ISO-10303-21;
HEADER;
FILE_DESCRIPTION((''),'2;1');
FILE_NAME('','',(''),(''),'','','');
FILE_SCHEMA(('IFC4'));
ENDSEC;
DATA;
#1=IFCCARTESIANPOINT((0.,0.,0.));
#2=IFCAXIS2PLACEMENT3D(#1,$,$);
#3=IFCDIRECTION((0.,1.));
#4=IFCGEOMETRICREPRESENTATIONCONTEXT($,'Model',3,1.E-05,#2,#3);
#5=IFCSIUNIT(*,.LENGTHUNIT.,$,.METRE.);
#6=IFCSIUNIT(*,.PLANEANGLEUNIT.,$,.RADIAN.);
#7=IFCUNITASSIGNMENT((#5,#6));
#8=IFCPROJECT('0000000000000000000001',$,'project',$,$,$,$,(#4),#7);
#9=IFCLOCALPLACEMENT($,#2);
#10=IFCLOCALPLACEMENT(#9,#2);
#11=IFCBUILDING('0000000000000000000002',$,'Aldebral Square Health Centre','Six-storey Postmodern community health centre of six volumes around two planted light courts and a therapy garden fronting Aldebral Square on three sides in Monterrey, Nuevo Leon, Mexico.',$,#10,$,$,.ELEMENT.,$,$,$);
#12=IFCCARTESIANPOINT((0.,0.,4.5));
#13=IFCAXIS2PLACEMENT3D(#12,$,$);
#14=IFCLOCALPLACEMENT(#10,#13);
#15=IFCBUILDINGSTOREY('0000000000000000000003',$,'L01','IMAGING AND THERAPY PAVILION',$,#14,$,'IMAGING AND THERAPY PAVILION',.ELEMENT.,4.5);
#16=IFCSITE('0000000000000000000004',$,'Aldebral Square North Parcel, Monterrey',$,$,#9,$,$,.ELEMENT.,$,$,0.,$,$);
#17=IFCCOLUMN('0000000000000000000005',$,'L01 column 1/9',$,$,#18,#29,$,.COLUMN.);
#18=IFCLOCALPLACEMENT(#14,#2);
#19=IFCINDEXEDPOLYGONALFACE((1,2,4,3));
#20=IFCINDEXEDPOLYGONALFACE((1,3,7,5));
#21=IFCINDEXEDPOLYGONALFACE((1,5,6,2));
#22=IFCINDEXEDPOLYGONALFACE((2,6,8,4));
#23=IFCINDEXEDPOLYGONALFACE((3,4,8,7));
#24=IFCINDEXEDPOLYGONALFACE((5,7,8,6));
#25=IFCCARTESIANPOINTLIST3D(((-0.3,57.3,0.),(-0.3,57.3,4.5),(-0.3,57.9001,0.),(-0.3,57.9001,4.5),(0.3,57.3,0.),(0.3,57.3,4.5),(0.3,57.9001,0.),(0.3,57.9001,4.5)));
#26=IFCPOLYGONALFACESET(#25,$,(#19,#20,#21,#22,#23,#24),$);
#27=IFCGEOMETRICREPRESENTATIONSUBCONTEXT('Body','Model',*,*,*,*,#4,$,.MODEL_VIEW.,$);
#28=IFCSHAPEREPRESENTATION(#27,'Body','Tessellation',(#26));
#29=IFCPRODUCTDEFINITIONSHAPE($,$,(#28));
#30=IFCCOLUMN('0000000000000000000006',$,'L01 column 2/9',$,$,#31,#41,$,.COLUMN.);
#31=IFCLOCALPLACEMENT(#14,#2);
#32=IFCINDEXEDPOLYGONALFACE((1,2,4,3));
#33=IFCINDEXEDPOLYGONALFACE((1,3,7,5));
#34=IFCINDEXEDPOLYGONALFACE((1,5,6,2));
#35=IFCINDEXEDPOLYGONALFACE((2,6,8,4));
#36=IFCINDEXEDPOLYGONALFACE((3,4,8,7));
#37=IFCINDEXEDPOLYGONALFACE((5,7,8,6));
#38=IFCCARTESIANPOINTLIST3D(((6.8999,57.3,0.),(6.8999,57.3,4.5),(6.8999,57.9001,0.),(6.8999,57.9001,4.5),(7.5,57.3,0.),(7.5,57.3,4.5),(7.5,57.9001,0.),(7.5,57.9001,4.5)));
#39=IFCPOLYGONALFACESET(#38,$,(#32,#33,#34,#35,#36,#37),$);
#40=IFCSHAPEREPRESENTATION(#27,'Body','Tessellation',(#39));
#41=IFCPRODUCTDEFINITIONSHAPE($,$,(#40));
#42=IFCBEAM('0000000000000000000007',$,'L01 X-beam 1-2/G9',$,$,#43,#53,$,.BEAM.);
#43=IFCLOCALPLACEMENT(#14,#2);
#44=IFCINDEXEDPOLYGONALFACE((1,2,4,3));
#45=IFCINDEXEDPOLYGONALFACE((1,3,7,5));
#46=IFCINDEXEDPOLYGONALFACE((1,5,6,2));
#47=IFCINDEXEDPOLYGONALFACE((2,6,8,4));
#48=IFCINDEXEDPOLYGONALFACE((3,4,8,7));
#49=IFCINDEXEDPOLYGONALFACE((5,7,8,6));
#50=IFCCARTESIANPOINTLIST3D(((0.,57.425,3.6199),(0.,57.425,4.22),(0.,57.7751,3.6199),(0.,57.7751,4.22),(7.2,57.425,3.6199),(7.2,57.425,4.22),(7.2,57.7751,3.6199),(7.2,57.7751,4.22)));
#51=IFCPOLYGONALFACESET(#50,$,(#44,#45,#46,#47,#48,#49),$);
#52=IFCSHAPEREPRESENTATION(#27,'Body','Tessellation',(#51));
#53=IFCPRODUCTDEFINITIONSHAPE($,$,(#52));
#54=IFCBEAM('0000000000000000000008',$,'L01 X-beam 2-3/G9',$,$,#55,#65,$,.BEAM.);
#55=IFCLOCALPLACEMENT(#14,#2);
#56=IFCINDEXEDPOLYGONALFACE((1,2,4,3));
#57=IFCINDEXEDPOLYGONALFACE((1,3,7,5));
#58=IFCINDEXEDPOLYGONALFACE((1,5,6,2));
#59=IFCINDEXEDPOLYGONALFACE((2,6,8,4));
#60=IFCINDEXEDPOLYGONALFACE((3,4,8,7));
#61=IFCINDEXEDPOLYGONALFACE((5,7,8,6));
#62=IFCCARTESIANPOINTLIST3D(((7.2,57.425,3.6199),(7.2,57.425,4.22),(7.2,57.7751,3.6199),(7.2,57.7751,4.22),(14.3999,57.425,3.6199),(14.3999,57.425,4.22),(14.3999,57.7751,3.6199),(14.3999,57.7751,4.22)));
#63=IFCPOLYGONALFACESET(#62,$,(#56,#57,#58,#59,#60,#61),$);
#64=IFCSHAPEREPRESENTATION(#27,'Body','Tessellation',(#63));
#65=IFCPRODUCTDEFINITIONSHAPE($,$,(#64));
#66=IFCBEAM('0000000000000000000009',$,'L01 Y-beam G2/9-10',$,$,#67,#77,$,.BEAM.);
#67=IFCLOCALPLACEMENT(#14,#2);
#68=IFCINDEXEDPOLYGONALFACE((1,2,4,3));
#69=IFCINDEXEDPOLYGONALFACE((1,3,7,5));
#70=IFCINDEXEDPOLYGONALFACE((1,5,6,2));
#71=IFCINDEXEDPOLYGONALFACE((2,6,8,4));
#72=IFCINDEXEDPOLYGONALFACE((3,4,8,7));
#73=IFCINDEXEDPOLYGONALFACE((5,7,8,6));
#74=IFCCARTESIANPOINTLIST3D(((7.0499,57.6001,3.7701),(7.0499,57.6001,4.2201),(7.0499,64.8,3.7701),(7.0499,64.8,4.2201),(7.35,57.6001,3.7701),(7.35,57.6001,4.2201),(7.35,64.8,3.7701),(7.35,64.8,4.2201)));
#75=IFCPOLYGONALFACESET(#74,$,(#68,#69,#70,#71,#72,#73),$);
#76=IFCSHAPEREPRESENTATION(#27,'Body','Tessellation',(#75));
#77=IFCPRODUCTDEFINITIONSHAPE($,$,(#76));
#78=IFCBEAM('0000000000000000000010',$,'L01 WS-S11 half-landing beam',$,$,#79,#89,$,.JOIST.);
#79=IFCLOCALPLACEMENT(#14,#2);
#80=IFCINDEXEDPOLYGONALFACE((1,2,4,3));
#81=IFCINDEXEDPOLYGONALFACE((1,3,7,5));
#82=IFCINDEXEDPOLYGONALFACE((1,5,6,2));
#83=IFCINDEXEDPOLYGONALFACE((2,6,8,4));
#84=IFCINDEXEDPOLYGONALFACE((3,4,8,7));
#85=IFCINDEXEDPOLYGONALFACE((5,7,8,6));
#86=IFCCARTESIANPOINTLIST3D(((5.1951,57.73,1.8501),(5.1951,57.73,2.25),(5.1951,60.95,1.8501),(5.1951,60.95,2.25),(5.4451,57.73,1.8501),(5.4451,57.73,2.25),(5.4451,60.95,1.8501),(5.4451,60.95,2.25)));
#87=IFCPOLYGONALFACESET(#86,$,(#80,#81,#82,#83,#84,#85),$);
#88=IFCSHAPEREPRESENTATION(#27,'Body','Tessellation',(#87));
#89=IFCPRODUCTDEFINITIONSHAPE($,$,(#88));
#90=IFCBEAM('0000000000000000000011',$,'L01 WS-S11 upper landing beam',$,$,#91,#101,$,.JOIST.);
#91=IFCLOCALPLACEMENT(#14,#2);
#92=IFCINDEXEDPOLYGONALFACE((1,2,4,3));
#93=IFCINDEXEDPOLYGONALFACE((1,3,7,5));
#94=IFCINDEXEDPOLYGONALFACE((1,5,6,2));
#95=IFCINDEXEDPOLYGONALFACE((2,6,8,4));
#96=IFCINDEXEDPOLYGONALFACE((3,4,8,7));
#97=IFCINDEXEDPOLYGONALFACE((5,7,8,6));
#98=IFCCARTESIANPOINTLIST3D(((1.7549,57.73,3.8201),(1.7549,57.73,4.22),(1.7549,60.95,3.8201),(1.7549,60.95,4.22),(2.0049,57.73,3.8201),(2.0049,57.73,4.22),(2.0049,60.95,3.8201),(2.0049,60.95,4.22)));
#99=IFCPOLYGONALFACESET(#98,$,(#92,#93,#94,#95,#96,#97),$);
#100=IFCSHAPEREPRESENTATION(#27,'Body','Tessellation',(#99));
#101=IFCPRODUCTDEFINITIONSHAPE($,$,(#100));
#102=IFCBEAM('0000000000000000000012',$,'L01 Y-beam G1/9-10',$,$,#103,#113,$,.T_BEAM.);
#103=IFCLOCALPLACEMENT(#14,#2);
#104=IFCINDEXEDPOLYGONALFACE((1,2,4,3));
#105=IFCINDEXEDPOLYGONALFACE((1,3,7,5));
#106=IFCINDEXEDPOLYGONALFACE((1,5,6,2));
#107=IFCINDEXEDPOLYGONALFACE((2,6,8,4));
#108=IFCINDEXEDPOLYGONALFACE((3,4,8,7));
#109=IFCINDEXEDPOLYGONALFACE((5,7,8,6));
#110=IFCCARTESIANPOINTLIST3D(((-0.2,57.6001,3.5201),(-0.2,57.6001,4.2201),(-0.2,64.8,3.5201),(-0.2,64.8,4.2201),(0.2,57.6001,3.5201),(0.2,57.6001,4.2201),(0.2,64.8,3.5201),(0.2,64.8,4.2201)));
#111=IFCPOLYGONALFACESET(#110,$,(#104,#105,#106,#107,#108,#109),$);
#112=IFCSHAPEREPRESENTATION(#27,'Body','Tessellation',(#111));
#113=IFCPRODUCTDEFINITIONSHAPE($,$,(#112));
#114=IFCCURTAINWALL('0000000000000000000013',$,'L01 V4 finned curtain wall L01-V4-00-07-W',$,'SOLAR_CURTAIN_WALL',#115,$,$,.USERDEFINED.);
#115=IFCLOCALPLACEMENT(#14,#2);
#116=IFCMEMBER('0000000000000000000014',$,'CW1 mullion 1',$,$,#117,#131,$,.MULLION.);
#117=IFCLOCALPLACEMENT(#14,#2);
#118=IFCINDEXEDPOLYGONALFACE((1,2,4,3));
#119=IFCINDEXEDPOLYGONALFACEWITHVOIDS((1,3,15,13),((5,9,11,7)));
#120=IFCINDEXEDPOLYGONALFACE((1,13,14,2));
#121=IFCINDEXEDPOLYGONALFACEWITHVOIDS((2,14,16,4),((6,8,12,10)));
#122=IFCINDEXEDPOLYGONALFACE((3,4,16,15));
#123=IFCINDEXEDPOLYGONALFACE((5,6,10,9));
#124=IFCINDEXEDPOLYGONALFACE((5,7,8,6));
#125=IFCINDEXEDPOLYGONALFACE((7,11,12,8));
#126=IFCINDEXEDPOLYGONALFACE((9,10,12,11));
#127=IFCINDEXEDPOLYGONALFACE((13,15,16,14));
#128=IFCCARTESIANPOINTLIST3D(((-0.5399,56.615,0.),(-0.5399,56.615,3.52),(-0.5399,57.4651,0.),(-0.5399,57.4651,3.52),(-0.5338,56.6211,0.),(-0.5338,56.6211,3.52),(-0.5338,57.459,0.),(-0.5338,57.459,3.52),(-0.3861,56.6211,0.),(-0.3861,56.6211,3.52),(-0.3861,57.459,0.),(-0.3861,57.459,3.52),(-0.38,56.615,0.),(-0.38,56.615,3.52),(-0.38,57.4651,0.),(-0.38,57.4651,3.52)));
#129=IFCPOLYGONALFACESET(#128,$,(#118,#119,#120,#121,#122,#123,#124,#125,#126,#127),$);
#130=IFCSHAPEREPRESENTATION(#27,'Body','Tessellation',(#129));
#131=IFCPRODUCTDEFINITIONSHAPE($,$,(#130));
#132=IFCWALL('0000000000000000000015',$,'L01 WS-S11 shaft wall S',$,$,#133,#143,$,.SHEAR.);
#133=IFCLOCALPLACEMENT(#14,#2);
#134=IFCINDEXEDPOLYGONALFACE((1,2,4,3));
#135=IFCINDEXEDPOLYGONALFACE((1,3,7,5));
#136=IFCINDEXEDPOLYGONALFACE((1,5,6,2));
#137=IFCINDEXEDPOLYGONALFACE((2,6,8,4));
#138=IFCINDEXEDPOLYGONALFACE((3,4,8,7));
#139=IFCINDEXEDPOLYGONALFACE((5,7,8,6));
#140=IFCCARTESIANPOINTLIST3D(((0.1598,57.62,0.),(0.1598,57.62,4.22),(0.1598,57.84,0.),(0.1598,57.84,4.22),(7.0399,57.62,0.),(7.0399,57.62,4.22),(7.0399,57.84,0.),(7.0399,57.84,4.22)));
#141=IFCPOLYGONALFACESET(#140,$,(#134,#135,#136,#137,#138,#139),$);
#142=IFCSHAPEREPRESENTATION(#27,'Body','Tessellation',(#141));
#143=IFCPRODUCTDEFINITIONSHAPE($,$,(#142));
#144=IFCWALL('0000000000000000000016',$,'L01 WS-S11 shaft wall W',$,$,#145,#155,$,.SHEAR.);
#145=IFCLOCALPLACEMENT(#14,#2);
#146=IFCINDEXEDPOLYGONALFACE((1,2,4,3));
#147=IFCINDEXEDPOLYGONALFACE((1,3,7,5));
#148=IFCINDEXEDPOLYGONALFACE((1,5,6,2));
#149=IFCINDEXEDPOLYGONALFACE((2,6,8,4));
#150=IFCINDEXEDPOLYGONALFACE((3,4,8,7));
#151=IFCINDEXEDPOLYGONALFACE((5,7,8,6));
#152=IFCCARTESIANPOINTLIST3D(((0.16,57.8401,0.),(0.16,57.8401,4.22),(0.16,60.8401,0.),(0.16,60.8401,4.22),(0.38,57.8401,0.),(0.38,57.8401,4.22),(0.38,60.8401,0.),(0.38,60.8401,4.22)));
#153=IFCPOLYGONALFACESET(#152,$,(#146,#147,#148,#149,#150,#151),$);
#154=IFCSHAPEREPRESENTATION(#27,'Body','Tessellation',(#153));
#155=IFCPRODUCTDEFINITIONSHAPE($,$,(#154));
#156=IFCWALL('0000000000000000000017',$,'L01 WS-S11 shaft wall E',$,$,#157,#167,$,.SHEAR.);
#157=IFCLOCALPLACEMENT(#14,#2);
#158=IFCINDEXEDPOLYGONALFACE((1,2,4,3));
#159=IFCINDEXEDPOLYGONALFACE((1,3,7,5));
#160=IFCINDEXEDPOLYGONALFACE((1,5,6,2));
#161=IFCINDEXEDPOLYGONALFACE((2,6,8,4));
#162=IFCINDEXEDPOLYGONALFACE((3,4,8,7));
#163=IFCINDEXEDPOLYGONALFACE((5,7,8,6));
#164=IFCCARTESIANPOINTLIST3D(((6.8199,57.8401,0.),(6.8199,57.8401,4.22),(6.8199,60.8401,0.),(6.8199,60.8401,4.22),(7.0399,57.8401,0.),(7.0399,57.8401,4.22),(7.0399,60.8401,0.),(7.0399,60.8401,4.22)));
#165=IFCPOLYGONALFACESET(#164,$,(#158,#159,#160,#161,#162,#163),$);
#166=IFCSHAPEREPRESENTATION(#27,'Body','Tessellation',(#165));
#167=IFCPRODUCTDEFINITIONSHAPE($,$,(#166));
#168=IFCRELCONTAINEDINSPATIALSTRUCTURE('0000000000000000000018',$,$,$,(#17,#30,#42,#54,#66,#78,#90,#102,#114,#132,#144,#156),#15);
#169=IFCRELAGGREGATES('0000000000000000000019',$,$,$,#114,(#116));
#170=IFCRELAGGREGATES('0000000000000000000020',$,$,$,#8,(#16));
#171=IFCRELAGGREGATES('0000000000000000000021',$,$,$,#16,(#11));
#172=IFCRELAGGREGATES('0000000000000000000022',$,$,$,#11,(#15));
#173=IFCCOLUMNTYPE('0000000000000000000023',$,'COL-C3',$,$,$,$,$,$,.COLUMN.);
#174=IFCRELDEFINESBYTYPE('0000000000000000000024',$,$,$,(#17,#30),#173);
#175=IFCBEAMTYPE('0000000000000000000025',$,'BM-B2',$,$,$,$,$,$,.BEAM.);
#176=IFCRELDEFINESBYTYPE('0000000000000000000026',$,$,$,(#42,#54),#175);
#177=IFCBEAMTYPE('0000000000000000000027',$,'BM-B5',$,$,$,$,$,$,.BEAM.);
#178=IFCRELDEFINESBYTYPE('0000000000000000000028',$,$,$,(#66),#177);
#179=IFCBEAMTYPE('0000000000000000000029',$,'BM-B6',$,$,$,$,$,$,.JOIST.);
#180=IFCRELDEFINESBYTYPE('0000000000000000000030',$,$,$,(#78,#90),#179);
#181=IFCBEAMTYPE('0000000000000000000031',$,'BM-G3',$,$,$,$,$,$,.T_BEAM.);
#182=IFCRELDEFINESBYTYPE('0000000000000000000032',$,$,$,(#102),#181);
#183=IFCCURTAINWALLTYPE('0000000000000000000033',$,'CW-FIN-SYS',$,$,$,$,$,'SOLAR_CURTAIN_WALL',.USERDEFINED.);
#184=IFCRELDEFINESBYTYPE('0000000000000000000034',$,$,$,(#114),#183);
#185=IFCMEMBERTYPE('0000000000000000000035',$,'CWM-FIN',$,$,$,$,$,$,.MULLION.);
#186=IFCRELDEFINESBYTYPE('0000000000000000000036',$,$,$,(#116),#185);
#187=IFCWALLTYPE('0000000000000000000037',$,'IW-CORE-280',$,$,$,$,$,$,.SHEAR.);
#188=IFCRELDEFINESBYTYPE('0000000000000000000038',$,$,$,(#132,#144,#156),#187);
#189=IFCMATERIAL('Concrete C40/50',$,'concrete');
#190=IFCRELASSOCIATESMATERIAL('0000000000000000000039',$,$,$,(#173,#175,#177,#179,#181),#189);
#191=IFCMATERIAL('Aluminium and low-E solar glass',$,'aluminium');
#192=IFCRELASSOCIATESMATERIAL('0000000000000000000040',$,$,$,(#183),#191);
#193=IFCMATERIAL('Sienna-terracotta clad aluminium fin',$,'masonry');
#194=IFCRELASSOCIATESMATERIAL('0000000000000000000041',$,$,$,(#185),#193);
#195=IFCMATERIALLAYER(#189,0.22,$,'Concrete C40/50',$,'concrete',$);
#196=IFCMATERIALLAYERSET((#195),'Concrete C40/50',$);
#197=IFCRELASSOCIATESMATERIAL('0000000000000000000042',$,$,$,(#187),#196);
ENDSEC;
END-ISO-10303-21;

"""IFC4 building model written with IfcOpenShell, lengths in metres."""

from ifc_helpers import new_model, si_unit, direction, frame, frame_2d, origin, origin_2d, place, context, subcontext, project, spatial, rectangle, hollow_rectangle, extrude, material, layer, layer_set, material_profile, profile_set, type_object, element, aggregate, save


model = new_model("IFC4")

# Units and contexts
model_context = context("Model", 3, precision=1e-05, world=origin(), true_north=direction((0.0, 1.0)))
body_context = subcontext(model_context, "Body", "Model", "MODEL_VIEW")
ifc_project = project(units=[si_unit("LENGTHUNIT", "METRE"), si_unit("PLANEANGLEUNIT", "RADIAN")], contexts=[model_context])

# Site, building, storey
site_placement = place(None, origin())
site = spatial("IfcSite", under=ifc_project, at=site_placement, Name="Aldebral Square North Parcel, Monterrey", CompositionType="ELEMENT", RefElevation=0.0)
building_placement = place(site_placement, origin())
building = spatial("IfcBuilding", under=site, at=building_placement, Name="Aldebral Square Health Centre", Description="Six-storey Postmodern community health centre of six volumes around two planted light courts and a therapy garden fronting Aldebral Square on three sides in Monterrey, Nuevo Leon, Mexico.", CompositionType="ELEMENT")
storey_placement = place(building_placement, frame((0.0, 0.0, 4.5)))
storey = spatial("IfcBuildingStorey", under=building, at=storey_placement, Name="L01", Description="IMAGING AND THERAPY PAVILION", LongName="IMAGING AND THERAPY PAVILION", CompositionType="ELEMENT", Elevation=4.5)

# Columns
ifc_material_1 = material(Name="Concrete C40/50", Category="concrete")
ifc_material_profile_1 = material_profile(ifc_material_1, rectangle(XDim=0.6001, YDim=0.6001, at=origin_2d()), Name="RC 600x600")
ifc_profile_set_1 = profile_set([ifc_material_profile_1], Name="Concrete C40/50")
column_type = type_object("IfcColumnType", Name="COL-C3", PredefinedType="COLUMN", material=ifc_profile_set_1)
for number, where, z_axis, x_axis, name in (
    (1, (0.0, 57.6001, 0.0), (0.0, 0.0, 1.0), (1.0, 0.0, 0.0), "L01 column 1/9"),
    (2, (7.2, 57.6001, 0.0), (0.0, 0.0, 1.0), (1.0, 0.0, 0.0), "L01 column 2/9"),
):
    element("IfcColumn", number, at=place(storey_placement, frame(where, z_axis=z_axis, x_axis=x_axis)), inside=storey, type_object=column_type, Name=name, PredefinedType="COLUMN", context=body_context, shape_type="SweptSolid", body=[
        extrude(rectangle(XDim=0.6001, YDim=0.6001, at=origin_2d()), origin(), (0.0, 0.0, 1.0), 4.5),
    ])

# Beams
ifc_material_profile_2 = material_profile(ifc_material_1, rectangle(XDim=0.3501, YDim=0.6001, at=origin_2d()), Name="RC 350x600")
ifc_profile_set_2 = profile_set([ifc_material_profile_2], Name="Concrete C40/50")
beam_type_1 = type_object("IfcBeamType", Name="BM-B2", PredefinedType="BEAM", material=ifc_profile_set_2)
for number, where, z_axis, x_axis, name in (
    (3, (0.0, 57.6001, 3.9199), (1.0, 0.0, 0.0), (0.0, 1.0, 0.0), "L01 X-beam 1-2/G9"),
    (4, (7.2, 57.6001, 3.9199), (1.0, 0.0, 0.0), (0.0, 1.0, 0.0), "L01 X-beam 2-3/G9"),
):
    element("IfcBeam", number, at=place(storey_placement, frame(where, z_axis=z_axis, x_axis=x_axis)), inside=storey, type_object=beam_type_1, Name=name, PredefinedType="BEAM", context=body_context, shape_type="SweptSolid", body=[
        extrude(rectangle(XDim=0.3501, YDim=0.6001, at=origin_2d()), origin(), (0.0, 0.0, 1.0), 7.2),
    ])
ifc_material_profile_3 = material_profile(ifc_material_1, rectangle(XDim=0.3, YDim=0.45, at=origin_2d()), Name="RC 300x450")
ifc_profile_set_3 = profile_set([ifc_material_profile_3], Name="Concrete C40/50")
beam_type_2 = type_object("IfcBeamType", Name="BM-B5", PredefinedType="BEAM", material=ifc_profile_set_3)
beam_1_placement = place(storey_placement, frame((7.2, 57.6001, 3.9951), z_axis=(0.0, 1.0, 0.0), x_axis=(-1.0, 0.0, 0.0)))
element("IfcBeam", 5, at=beam_1_placement, inside=storey, type_object=beam_type_2, Name="L01 Y-beam G2/9-10", PredefinedType="BEAM", context=body_context, shape_type="SweptSolid", body=[
    extrude(rectangle(XDim=0.3, YDim=0.45, at=origin_2d()), origin(), (0.0, 0.0, 1.0), 7.2),
])
ifc_material_profile_4 = material_profile(ifc_material_1, rectangle(XDim=0.25, YDim=0.3999, at=origin_2d()), Name="RC 250x400")
ifc_profile_set_4 = profile_set([ifc_material_profile_4], Name="Concrete C40/50")
beam_type_3 = type_object("IfcBeamType", Name="BM-B6", PredefinedType="JOIST", material=ifc_profile_set_4)
for number, where, z_axis, x_axis, name in (
    (6, (5.3201, 57.73, 2.05), (0.0, 1.0, 0.0), (-1.0, 0.0, 0.0), "L01 WS-S11 half-landing beam"),
    (7, (1.8799, 57.73, 4.02), (0.0, 1.0, 0.0), (-1.0, 0.0, 0.0), "L01 WS-S11 upper landing beam"),
):
    element("IfcBeam", number, at=place(storey_placement, frame(where, z_axis=z_axis, x_axis=x_axis)), inside=storey, type_object=beam_type_3, Name=name, PredefinedType="JOIST", context=body_context, shape_type="SweptSolid", body=[
        extrude(rectangle(XDim=0.25, YDim=0.3999, at=origin_2d()), origin(), (0.0, 0.0, 1.0), 3.22),
    ])
ifc_material_profile_5 = material_profile(ifc_material_1, rectangle(XDim=0.3999, YDim=0.7, at=origin_2d()), Name="RC 400x700")
ifc_profile_set_5 = profile_set([ifc_material_profile_5], Name="Concrete C40/50")
beam_type_4 = type_object("IfcBeamType", Name="BM-G3", PredefinedType="T_BEAM", material=ifc_profile_set_5)
beam_2_placement = place(storey_placement, frame((0.0, 57.6001, 3.8701), z_axis=(0.0, 1.0, 0.0), x_axis=(-1.0, 0.0, 0.0)))
element("IfcBeam", 8, at=beam_2_placement, inside=storey, type_object=beam_type_4, Name="L01 Y-beam G1/9-10", PredefinedType="T_BEAM", context=body_context, shape_type="SweptSolid", body=[
    extrude(rectangle(XDim=0.3999, YDim=0.7, at=origin_2d()), origin(), (0.0, 0.0, 1.0), 7.2),
])

# Curtain wall, member
ifc_material_2 = material(Name="Aluminium and low-E solar glass", Category="aluminium")
curtain_wall_type = type_object("IfcCurtainWallType", Name="CW-FIN-SYS", ElementType="SOLAR_CURTAIN_WALL", PredefinedType="USERDEFINED", material=ifc_material_2)
curtain_wall_placement = place(storey_placement, origin())
curtain_wall = element("IfcCurtainWall", 9, at=curtain_wall_placement, inside=storey, type_object=curtain_wall_type, Name="L01 V4 finned curtain wall L01-V4-00-07-W", ObjectType="SOLAR_CURTAIN_WALL", PredefinedType="USERDEFINED")
ifc_material_3 = material(Name="Sienna-terracotta clad aluminium fin", Category="masonry")
ifc_material_profile_6 = material_profile(ifc_material_3, hollow_rectangle(XDim=0.1599, YDim=0.8501, WallThickness=0.0061, at=origin_2d()), Name="FIN 160x850x6")
ifc_profile_set_6 = profile_set([ifc_material_profile_6], Name="Sienna-terracotta clad aluminium fin")
member_type = type_object("IfcMemberType", Name="CWM-FIN", PredefinedType="MULLION", material=ifc_profile_set_6)
member_placement = place(storey_placement, frame((-0.46, 57.04, 0.0), z_axis=(0.0, 0.0, 1.0), x_axis=(1.0, 0.0, 0.0)))
member = element("IfcMember", 10, at=member_placement, type_object=member_type, Name="CW1 mullion 1", PredefinedType="MULLION", context=body_context, shape_type="SweptSolid", body=[
    extrude(hollow_rectangle(XDim=0.1599, YDim=0.8501, WallThickness=0.0061, at=origin_2d()), origin(), (0.0, 0.0, 1.0), 3.52),
])
aggregate(curtain_wall, [member])

# Walls
ifc_layer_1 = layer(ifc_material_1, 0.22, Name="Concrete C40/50", Category="concrete")
ifc_layer_set_1 = layer_set([ifc_layer_1], Name="Concrete C40/50")
wall_type_1 = type_object("IfcWallType", Name="IW-CORE-280", PredefinedType="SHEAR", material=ifc_layer_set_1)
wall_1_placement = place(storey_placement, frame((0.1599, 57.73, 0.0), z_axis=(0.0, 0.0, 1.0), x_axis=(1.0, 0.0, 0.0)))
element("IfcWall", 11, at=wall_1_placement, inside=storey, type_object=wall_type_1, Name="L01 WS-S11 shaft wall S", PredefinedType="SHEAR", context=body_context, shape_type="SweptSolid", body=[
    extrude(rectangle(XDim=6.8801, YDim=0.22, at=frame_2d((3.4399, 0.0))), origin(), (0.0, 0.0, 1.0), 4.22),
])
for number, where, z_axis, x_axis, name in (
    (12, (0.27, 57.8401, 0.0), (0.0, 0.0, 1.0), (0.0, 1.0, 0.0), "L01 WS-S11 shaft wall W"),
    (13, (6.9299, 57.8401, 0.0), (0.0, 0.0, 1.0), (0.0, 1.0, 0.0), "L01 WS-S11 shaft wall E"),
):
    element("IfcWall", number, at=place(storey_placement, frame(where, z_axis=z_axis, x_axis=x_axis)), inside=storey, type_object=wall_type_1, Name=name, PredefinedType="SHEAR", context=body_context, shape_type="SweptSolid", body=[
        extrude(rectangle(XDim=3.0, YDim=0.22, at=frame_2d((1.5, 0.0))), origin(), (0.0, 0.0, 1.0), 4.22),
    ])

save(model, "model.ifc")
